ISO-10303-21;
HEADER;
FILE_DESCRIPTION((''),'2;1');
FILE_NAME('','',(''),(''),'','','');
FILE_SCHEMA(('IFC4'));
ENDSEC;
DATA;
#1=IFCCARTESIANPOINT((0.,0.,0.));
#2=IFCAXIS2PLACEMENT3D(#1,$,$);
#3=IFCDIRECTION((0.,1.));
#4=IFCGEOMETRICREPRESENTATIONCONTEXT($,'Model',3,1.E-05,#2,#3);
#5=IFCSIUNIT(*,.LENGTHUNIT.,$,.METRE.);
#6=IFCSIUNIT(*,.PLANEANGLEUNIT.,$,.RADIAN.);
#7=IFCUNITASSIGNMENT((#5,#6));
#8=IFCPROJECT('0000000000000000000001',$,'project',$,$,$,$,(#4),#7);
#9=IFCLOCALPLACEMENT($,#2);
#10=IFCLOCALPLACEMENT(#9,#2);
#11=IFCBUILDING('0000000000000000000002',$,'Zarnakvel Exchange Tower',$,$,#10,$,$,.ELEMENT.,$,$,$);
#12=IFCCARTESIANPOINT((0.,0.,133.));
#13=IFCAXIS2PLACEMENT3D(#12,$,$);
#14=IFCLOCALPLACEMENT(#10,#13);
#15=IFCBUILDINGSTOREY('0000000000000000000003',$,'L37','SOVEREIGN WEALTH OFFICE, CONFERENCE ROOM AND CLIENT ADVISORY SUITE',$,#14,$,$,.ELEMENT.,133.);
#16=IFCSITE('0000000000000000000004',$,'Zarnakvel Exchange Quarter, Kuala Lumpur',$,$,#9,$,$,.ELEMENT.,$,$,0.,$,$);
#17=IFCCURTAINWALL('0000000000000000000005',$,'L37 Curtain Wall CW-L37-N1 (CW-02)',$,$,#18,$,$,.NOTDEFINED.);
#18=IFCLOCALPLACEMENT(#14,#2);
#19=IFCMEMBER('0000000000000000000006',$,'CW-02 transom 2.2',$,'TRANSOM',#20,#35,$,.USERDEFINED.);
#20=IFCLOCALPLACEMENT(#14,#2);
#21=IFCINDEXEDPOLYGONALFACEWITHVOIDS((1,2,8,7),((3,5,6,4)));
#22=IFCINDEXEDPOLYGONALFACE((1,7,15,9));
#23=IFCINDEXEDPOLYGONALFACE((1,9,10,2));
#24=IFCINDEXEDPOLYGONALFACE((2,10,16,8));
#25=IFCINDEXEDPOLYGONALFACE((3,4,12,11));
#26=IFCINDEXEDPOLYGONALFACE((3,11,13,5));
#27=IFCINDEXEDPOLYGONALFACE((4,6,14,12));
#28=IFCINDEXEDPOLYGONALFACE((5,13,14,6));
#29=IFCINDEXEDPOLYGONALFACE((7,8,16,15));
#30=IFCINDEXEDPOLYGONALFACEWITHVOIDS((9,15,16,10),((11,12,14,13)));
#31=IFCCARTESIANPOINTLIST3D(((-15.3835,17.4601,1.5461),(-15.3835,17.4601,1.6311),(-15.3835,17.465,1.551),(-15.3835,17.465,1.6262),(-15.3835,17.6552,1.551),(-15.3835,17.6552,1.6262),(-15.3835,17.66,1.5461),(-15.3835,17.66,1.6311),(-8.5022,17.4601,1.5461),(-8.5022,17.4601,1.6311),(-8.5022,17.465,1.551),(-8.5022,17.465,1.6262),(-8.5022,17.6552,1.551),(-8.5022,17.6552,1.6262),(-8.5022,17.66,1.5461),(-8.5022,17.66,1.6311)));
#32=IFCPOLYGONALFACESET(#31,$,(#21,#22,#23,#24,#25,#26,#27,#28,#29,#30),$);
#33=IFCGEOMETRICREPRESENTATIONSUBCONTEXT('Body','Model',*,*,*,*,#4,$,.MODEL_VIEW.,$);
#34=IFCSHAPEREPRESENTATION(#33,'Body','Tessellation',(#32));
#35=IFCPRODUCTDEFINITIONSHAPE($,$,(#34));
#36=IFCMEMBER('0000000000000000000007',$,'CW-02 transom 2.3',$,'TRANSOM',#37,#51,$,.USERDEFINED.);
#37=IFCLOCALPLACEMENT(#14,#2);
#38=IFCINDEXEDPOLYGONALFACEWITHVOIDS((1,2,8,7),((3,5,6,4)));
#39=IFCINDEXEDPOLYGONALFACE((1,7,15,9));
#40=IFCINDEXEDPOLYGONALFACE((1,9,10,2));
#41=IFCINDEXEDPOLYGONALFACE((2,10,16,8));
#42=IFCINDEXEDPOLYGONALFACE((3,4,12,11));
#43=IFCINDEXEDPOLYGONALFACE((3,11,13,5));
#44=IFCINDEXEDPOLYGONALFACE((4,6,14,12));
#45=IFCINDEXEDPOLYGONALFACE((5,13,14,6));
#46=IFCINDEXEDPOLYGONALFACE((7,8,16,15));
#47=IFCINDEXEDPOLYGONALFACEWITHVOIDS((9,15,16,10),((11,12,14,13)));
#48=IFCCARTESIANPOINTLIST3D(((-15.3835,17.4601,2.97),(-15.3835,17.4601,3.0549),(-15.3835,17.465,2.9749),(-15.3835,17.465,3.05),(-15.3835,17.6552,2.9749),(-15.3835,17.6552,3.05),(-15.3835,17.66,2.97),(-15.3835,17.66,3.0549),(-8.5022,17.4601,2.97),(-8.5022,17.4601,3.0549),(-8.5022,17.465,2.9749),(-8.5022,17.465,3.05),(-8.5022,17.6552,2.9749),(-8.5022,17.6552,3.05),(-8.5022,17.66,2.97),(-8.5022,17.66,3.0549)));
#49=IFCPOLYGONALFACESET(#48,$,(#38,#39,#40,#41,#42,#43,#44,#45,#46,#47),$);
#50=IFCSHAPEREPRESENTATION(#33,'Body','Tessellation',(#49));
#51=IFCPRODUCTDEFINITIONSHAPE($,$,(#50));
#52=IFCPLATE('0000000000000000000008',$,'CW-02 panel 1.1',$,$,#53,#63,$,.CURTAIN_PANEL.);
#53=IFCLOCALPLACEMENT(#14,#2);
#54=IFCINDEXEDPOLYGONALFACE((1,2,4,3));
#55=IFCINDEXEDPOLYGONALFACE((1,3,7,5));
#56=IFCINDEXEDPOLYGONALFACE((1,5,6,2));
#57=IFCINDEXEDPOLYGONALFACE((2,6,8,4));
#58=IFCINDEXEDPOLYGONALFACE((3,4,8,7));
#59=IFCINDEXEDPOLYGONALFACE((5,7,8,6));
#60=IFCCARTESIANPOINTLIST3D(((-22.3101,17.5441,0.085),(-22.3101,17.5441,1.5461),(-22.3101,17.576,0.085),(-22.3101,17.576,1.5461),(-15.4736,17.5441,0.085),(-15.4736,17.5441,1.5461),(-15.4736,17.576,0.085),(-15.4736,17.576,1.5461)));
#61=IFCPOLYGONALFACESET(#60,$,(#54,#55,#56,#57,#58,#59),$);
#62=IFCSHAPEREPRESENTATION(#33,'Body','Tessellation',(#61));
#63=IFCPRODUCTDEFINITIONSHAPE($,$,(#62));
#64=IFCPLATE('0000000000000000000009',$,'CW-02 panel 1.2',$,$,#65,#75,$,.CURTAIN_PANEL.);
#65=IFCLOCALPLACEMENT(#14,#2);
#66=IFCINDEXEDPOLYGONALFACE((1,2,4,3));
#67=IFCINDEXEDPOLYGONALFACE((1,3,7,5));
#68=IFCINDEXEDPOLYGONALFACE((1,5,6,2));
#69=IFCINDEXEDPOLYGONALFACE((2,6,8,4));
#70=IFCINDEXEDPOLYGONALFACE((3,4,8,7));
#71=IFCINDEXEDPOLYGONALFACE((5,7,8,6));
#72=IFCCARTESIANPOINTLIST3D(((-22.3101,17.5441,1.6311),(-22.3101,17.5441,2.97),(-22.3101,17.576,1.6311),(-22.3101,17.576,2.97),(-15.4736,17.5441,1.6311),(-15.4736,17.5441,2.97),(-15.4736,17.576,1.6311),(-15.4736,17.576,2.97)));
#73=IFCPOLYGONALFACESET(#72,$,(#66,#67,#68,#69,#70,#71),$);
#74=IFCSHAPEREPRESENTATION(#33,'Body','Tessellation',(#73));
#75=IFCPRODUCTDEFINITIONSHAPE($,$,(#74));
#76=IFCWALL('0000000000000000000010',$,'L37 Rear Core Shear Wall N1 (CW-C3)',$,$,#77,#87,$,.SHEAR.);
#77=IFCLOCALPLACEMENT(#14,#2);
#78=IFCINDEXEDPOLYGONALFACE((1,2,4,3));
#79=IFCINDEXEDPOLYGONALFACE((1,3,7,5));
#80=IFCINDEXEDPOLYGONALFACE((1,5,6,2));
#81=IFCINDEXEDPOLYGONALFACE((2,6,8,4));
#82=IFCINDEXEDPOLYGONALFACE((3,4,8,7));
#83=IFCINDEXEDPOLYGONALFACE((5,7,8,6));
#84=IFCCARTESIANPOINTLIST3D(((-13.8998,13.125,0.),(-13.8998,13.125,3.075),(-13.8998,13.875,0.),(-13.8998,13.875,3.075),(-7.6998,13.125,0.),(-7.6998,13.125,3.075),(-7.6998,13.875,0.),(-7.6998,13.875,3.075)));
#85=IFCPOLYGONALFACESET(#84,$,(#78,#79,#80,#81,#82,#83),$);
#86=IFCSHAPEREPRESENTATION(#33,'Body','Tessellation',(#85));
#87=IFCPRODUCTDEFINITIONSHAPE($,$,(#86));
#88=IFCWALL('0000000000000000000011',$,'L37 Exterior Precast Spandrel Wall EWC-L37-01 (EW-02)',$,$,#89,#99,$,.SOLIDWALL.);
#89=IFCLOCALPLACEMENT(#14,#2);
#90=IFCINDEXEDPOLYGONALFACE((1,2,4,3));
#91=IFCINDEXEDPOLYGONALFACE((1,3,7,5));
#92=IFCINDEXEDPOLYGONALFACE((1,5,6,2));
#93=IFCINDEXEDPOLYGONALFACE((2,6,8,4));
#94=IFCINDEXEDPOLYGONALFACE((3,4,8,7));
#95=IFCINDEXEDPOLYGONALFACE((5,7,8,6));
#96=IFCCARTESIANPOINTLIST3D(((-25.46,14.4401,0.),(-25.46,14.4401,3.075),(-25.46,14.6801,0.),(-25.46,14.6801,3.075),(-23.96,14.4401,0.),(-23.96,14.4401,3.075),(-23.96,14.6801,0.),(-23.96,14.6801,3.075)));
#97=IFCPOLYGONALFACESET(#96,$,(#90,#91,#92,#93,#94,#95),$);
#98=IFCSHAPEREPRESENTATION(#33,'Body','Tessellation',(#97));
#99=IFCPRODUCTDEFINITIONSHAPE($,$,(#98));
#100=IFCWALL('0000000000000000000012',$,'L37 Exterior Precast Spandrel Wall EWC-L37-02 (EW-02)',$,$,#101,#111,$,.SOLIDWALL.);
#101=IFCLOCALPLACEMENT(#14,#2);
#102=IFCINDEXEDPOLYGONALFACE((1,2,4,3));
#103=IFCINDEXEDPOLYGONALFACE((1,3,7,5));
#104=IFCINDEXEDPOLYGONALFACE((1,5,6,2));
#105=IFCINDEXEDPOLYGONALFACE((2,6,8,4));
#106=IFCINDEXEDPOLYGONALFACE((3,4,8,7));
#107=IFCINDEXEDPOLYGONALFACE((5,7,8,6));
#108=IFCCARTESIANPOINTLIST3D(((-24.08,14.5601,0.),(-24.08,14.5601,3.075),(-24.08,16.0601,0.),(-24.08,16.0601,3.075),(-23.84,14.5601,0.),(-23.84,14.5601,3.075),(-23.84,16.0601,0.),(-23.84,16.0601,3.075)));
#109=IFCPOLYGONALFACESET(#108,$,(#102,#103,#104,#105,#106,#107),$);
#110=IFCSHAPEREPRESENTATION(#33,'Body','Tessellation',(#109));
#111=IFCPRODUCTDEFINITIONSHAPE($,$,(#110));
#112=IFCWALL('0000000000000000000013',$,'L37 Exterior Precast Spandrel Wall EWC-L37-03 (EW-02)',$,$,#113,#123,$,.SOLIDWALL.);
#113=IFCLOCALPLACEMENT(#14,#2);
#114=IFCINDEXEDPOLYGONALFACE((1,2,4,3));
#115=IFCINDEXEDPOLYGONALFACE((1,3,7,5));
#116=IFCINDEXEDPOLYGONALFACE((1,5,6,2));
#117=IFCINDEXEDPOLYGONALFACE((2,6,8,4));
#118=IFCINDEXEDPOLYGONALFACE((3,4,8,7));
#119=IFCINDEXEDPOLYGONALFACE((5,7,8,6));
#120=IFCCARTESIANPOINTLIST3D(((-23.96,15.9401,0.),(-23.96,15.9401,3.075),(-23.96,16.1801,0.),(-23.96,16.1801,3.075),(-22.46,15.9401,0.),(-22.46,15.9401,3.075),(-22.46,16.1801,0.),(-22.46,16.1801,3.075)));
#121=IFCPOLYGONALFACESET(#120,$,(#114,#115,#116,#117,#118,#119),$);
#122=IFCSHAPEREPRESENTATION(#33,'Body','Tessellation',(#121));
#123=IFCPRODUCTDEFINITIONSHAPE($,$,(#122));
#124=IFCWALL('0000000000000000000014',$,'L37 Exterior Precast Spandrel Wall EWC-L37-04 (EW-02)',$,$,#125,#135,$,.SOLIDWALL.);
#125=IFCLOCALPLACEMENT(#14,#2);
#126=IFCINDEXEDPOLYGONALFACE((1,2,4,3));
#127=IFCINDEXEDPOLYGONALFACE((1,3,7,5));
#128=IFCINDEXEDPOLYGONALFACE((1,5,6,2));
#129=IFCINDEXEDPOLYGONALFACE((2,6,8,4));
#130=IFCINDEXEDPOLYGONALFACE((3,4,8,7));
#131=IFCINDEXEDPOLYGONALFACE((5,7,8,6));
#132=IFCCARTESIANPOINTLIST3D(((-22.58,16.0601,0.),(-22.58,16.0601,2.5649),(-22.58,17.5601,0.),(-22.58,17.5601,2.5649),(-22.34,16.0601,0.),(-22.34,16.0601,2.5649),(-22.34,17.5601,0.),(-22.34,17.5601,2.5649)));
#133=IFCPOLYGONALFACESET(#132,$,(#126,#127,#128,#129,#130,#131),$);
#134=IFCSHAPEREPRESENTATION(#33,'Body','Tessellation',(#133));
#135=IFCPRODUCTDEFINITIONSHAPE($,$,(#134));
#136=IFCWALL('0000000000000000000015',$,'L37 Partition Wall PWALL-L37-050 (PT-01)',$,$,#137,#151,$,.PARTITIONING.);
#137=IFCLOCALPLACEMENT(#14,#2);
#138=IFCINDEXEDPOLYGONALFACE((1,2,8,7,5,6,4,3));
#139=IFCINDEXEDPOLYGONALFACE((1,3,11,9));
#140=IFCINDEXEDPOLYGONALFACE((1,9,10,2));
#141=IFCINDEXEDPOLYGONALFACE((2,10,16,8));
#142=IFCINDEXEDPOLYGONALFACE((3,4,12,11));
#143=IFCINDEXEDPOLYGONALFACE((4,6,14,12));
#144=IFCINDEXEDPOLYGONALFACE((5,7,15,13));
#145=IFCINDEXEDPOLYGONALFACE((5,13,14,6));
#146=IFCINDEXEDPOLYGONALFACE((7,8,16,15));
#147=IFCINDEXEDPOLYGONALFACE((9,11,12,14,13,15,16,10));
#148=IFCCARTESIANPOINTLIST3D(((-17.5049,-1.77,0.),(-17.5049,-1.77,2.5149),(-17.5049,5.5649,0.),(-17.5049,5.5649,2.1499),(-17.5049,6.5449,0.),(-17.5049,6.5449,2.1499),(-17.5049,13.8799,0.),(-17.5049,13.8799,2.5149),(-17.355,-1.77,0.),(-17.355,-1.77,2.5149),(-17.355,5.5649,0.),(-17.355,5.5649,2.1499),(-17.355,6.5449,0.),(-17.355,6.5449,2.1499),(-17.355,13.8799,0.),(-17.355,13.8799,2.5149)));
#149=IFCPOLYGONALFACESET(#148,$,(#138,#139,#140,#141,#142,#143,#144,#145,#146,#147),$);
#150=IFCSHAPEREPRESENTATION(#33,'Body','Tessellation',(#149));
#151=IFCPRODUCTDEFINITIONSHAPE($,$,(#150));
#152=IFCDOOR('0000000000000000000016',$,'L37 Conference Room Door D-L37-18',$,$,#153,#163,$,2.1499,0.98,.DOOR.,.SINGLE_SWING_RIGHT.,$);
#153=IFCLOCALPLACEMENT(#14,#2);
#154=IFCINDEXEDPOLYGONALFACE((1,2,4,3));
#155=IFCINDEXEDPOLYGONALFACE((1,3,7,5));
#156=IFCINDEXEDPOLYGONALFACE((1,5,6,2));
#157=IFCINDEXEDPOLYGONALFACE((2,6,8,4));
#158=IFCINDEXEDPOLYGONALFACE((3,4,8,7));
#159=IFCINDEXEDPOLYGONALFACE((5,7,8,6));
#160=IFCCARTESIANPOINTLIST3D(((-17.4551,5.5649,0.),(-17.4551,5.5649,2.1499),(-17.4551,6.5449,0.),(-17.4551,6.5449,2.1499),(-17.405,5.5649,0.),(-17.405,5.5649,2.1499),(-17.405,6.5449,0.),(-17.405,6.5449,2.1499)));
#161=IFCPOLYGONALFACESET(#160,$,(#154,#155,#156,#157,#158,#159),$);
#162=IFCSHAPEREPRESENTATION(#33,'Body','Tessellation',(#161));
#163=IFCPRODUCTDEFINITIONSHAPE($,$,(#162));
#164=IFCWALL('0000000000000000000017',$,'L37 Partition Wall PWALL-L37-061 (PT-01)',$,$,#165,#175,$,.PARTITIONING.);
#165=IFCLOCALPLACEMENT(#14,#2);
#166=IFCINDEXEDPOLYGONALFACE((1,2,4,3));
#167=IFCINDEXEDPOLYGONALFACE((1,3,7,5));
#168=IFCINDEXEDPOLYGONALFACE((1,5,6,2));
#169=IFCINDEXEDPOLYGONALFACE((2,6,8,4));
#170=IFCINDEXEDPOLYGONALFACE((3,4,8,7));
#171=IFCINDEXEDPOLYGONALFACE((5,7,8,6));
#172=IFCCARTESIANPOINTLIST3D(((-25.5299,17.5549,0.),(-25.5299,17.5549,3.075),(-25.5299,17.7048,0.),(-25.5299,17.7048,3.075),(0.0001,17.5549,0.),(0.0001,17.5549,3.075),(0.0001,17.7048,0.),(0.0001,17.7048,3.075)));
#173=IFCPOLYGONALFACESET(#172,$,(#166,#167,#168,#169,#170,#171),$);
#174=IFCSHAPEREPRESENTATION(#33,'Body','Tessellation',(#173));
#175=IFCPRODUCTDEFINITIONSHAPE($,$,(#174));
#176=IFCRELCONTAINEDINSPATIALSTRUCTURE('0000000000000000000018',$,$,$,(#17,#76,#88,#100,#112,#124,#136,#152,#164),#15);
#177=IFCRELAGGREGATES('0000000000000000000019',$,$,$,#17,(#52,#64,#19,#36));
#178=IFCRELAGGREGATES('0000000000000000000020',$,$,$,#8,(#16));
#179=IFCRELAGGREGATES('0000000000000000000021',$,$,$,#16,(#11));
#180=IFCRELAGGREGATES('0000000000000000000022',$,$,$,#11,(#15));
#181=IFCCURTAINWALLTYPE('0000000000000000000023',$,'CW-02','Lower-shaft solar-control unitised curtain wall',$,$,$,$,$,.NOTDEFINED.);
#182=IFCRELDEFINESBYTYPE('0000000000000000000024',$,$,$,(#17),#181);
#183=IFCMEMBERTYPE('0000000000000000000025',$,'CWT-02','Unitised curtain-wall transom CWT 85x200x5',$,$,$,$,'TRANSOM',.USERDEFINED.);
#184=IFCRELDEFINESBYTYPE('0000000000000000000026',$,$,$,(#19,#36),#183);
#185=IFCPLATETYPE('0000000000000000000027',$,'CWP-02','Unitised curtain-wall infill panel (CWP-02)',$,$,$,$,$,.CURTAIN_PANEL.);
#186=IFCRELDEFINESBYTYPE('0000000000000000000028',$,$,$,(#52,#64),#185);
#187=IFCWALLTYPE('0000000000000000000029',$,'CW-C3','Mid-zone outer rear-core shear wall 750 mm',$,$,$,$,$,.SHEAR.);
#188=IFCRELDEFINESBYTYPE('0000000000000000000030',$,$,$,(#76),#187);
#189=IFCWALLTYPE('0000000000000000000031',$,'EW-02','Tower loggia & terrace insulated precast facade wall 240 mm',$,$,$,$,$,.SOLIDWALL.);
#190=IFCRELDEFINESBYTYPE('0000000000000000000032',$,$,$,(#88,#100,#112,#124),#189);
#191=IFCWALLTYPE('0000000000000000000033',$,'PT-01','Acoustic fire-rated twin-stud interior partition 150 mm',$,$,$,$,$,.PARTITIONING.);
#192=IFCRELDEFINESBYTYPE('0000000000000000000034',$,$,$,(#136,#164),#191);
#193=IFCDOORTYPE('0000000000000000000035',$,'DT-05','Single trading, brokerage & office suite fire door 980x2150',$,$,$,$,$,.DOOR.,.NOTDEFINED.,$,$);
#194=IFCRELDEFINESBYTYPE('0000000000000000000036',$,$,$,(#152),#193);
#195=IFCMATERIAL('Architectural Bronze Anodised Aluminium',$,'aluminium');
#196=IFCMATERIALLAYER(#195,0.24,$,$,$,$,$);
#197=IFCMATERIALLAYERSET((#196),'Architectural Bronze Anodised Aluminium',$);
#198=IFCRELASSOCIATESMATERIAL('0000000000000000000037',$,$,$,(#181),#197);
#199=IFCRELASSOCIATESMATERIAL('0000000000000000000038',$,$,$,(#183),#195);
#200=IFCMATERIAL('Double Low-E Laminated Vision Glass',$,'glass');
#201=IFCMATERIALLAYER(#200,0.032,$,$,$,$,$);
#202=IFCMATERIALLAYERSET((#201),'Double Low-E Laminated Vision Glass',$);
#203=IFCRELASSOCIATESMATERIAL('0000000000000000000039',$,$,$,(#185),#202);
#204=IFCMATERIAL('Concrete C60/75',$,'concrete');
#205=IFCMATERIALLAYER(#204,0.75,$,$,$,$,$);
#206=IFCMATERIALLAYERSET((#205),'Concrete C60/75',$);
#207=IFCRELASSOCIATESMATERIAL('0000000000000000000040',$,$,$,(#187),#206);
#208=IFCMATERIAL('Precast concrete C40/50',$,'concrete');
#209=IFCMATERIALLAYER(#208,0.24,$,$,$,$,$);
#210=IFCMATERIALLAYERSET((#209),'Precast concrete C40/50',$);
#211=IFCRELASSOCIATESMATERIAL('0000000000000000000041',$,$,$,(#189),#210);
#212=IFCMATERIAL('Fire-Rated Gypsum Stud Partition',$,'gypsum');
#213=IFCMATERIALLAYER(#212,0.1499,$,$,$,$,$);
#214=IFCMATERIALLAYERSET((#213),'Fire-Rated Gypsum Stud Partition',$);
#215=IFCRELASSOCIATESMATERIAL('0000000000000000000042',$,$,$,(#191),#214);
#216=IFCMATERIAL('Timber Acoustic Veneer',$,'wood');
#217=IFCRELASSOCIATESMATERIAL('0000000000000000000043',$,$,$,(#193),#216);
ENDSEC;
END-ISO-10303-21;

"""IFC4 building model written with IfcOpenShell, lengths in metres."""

from ifc_helpers import new_model, si_unit, direction, frame, frame_2d, origin, origin_2d, place, context, subcontext, project, spatial, rectangle, hollow_rectangle, extrude, source, transform, mapped, material, layer, layer_set, material_profile, profile_set, type_object, element, fill, aggregate, save


model = new_model("IFC4")

# Units and contexts
model_context = context("Model", 3, precision=1e-05, world=origin(), true_north=direction((0.0, 1.0)))
body_context = subcontext(model_context, "Body", "Model", "MODEL_VIEW")
ifc_project = project(units=[si_unit("LENGTHUNIT", "METRE"), si_unit("PLANEANGLEUNIT", "RADIAN")], contexts=[model_context])

# Site, building, storey
site_placement = place(None, origin())
site = spatial("IfcSite", under=ifc_project, at=site_placement, Name="Zarnakvel Exchange Quarter, Kuala Lumpur", CompositionType="ELEMENT", RefElevation=0.0)
building_placement = place(site_placement, origin())
building = spatial("IfcBuilding", under=site, at=building_placement, Name="Zarnakvel Exchange Tower", CompositionType="ELEMENT")
storey_placement = place(building_placement, frame((0.0, 0.0, 133.0)))
storey = spatial("IfcBuildingStorey", under=building, at=storey_placement, Name="L37", Description="SOVEREIGN WEALTH OFFICE, CONFERENCE ROOM AND CLIENT ADVISORY SUITE", CompositionType="ELEMENT", Elevation=133.0)

# Shared definitions
ifc_material_1 = material(Name="Concrete C60/75", Category="concrete")

# Curtain wall
ifc_material_2 = material(Name="Architectural Bronze Anodised Aluminium", Category="aluminium")
ifc_layer_1 = layer(ifc_material_2, 0.24)
ifc_layer_set_1 = layer_set([ifc_layer_1], Name="Architectural Bronze Anodised Aluminium")
curtain_wall_type_1 = type_object("IfcCurtainWallType", Name="CW-02", Description="Lower-shaft solar-control unitised curtain wall", PredefinedType="NOTDEFINED", material=ifc_layer_set_1)
curtain_wall_1_placement = place(storey_placement, origin())
curtain_wall_1 = element("IfcCurtainWall", 1, at=curtain_wall_1_placement, inside=storey, type_object=curtain_wall_type_1, Name="L37 Curtain Wall CW-L37-N1 (CW-02)", PredefinedType="NOTDEFINED")

# Members
ifc_material_profile_1 = material_profile(ifc_material_2, hollow_rectangle(XDim=0.2, YDim=0.085, WallThickness=0.0049, at=origin_2d()))
ifc_profile_set_1 = profile_set([ifc_material_profile_1], Name="Architectural Bronze Anodised Aluminium")
member_type_1 = type_object("IfcMemberType", Name="CWT-02", Description="Unitised curtain-wall transom CWT 85x200x5", ElementType="TRANSOM", PredefinedType="USERDEFINED", material=ifc_profile_set_1)
shared_shape_1 = source(origin(), body_context, "Body", "SweptSolid", [
    extrude(hollow_rectangle(XDim=0.2, YDim=0.085, WallThickness=0.0049, at=origin_2d()), origin(), (0.0, 0.0, 1.0), 6.8813),
])
member_1_placement = place(storey_placement, frame((-15.3835, 17.5601, 1.5886), z_axis=(1.0, 0.0, 0.0), x_axis=(0.0, 1.0, 0.0)))
member_1 = element("IfcMember", 2, at=member_1_placement, type_object=member_type_1, Name="CW-02 transom 2.2", ObjectType="TRANSOM", PredefinedType="USERDEFINED", context=body_context, shape_type="MappedRepresentation", body=[
    mapped(shared_shape_1, transform((0.0, 0.0, 0.0), x_axis=(1.0, 0.0, 0.0), y_axis=(0.0, 1.0, 0.0), z_axis=(0.0, 0.0, 1.0), scale=1.0)),
])
member_2_placement = place(storey_placement, frame((-15.3835, 17.5601, 3.0125), z_axis=(1.0, 0.0, 0.0), x_axis=(0.0, 1.0, 0.0)))
member_2 = element("IfcMember", 3, at=member_2_placement, type_object=member_type_1, Name="CW-02 transom 2.3", ObjectType="TRANSOM", PredefinedType="USERDEFINED", context=body_context, shape_type="MappedRepresentation", body=[
    mapped(shared_shape_1, transform((0.0, 0.0, 0.0), x_axis=(1.0, 0.0, 0.0), y_axis=(0.0, 1.0, 0.0), z_axis=(0.0, 0.0, 1.0), scale=1.0)),
])

# Plates
ifc_material_3 = material(Name="Double Low-E Laminated Vision Glass", Category="glass")
ifc_layer_2 = layer(ifc_material_3, 0.032)
ifc_layer_set_2 = layer_set([ifc_layer_2], Name="Double Low-E Laminated Vision Glass")
plate_type = type_object("IfcPlateType", Name="CWP-02", Description="Unitised curtain-wall infill panel (CWP-02)", PredefinedType="CURTAIN_PANEL", material=ifc_layer_set_2)
shared_shape_2 = source(origin(), body_context, "Body", "SweptSolid", [
    extrude(rectangle(XDim=6.8364, YDim=0.032, at=origin_2d()), origin(), (0.0, 0.0, 1.0), 1.4612),
])
plate_1_placement = place(storey_placement, frame((-18.8918, 17.5601, 0.085), z_axis=(0.0, 0.0, 1.0), x_axis=(1.0, 0.0, 0.0)))
plate_1 = element("IfcPlate", 4, at=plate_1_placement, type_object=plate_type, Name="CW-02 panel 1.1", PredefinedType="CURTAIN_PANEL", context=body_context, shape_type="MappedRepresentation", body=[
    mapped(shared_shape_2, transform((0.0, 0.0, 0.0), x_axis=(1.0, 0.0, 0.0), y_axis=(0.0, 1.0, 0.0), z_axis=(0.0, 0.0, 1.0), scale=1.0)),
])
shared_shape_3 = source(origin(), body_context, "Body", "SweptSolid", [
    extrude(rectangle(XDim=6.8364, YDim=0.032, at=origin_2d()), origin(), (0.0, 0.0, 1.0), 1.3389),
])
plate_2_placement = place(storey_placement, frame((-18.8918, 17.5601, 1.6311), z_axis=(0.0, 0.0, 1.0), x_axis=(1.0, 0.0, 0.0)))
plate_2 = element("IfcPlate", 5, at=plate_2_placement, type_object=plate_type, Name="CW-02 panel 1.2", PredefinedType="CURTAIN_PANEL", context=body_context, shape_type="MappedRepresentation", body=[
    mapped(shared_shape_3, transform((0.0, 0.0, 0.0), x_axis=(1.0, 0.0, 0.0), y_axis=(0.0, 1.0, 0.0), z_axis=(0.0, 0.0, 1.0), scale=1.0)),
])
aggregate(curtain_wall_1, [plate_1, plate_2, member_1, member_2])

# Walls
ifc_layer_3 = layer(ifc_material_1, 0.75)
ifc_layer_set_3 = layer_set([ifc_layer_3], Name="Concrete C60/75")
wall_type_1 = type_object("IfcWallType", Name="CW-C3", Description="Mid-zone outer rear-core shear wall 750 mm", PredefinedType="SHEAR", material=ifc_layer_set_3)
wall_1_placement = place(storey_placement, frame((-13.8999, 13.5, 0.0), z_axis=(0.0, 0.0, 1.0), x_axis=(1.0, 0.0, 0.0)))
element("IfcWall", 6, at=wall_1_placement, inside=storey, type_object=wall_type_1, Name="L37 Rear Core Shear Wall N1 (CW-C3)", PredefinedType="SHEAR", context=body_context, shape_type="SweptSolid", body=[
    extrude(rectangle(XDim=6.2, YDim=0.75, at=frame_2d((3.1001, 0.0))), origin(), (0.0, 0.0, 1.0), 3.075),
])
ifc_material_4 = material(Name="Precast concrete C40/50", Category="concrete")
ifc_layer_4 = layer(ifc_material_4, 0.24)
ifc_layer_set_4 = layer_set([ifc_layer_4], Name="Precast concrete C40/50")
wall_type_2 = type_object("IfcWallType", Name="EW-02", Description="Tower loggia & terrace insulated precast facade wall 240 mm", PredefinedType="SOLIDWALL", material=ifc_layer_set_4)
for number, where, z_axis, x_axis, name in (
    (7, (-23.96, 14.5601, 0.0), (0.0, 0.0, 1.0), (-1.0, 0.0, 0.0), "L37 Exterior Precast Spandrel Wall EWC-L37-01 (EW-02)"),
    (8, (-23.96, 16.0601, 0.0), (0.0, 0.0, 1.0), (0.0, -1.0, 0.0), "L37 Exterior Precast Spandrel Wall EWC-L37-02 (EW-02)"),
    (9, (-22.46, 16.0601, 0.0), (0.0, 0.0, 1.0), (-1.0, 0.0, 0.0), "L37 Exterior Precast Spandrel Wall EWC-L37-03 (EW-02)"),
):
    element("IfcWall", number, at=place(storey_placement, frame(where, z_axis=z_axis, x_axis=x_axis)), inside=storey, type_object=wall_type_2, Name=name, PredefinedType="SOLIDWALL", context=body_context, shape_type="SweptSolid", body=[
        extrude(rectangle(XDim=1.5, YDim=0.24, at=frame_2d((0.75, 0.0))), origin(), (0.0, 0.0, 1.0), 3.075),
    ])
wall_2_placement = place(storey_placement, frame((-22.46, 17.5601, 0.0), z_axis=(0.0, 0.0, 1.0), x_axis=(0.0, -1.0, 0.0)))
element("IfcWall", 10, at=wall_2_placement, inside=storey, type_object=wall_type_2, Name="L37 Exterior Precast Spandrel Wall EWC-L37-04 (EW-02)", PredefinedType="SOLIDWALL", context=body_context, shape_type="SweptSolid", body=[
    extrude(rectangle(XDim=1.5, YDim=0.24, at=frame_2d((0.75, 0.0))), origin(), (0.0, 0.0, 1.0), 2.5649),
])

# Wall, opening, door
ifc_material_5 = material(Name="Fire-Rated Gypsum Stud Partition", Category="gypsum")
ifc_layer_5 = layer(ifc_material_5, 0.1499)
ifc_layer_set_5 = layer_set([ifc_layer_5], Name="Fire-Rated Gypsum Stud Partition")
wall_type_3 = type_object("IfcWallType", Name="PT-01", Description="Acoustic fire-rated twin-stud interior partition 150 mm", PredefinedType="PARTITIONING", material=ifc_layer_set_5)
ifc_material_6 = material(Name="Timber Acoustic Veneer", Category="wood")
door_type = type_object("IfcDoorType", Name="DT-05", Description="Single trading, brokerage & office suite fire door 980x2150", OperationType="NOTDEFINED", PredefinedType="DOOR", material=ifc_material_6)
shared_shape_4 = source(origin(), body_context, "Body", "SweptSolid", [
    extrude(rectangle(XDim=0.98, YDim=2.1499, at=frame_2d((0.49, 1.075))), frame((0.0, 0.0249, 0.0), z_axis=(0.0, -1.0, 0.0), x_axis=(1.0, 0.0, 0.0)), (0.0, 0.0, 1.0), 0.05),
])
wall_3_placement = place(storey_placement, frame((-17.4299, 13.8799, 0.0), z_axis=(0.0, 0.0, 1.0), x_axis=(0.0, -1.0, 0.0)))
wall_3 = element("IfcWall", 11, at=wall_3_placement, inside=storey, type_object=wall_type_3, Name="L37 Partition Wall PWALL-L37-050 (PT-01)", PredefinedType="PARTITIONING", context=body_context, shape_type="SweptSolid", body=[
    extrude(rectangle(XDim=15.6499, YDim=0.1499, at=frame_2d((7.825, 0.0))), origin(), (0.0, 0.0, 1.0), 2.5149),
])
opening_1_placement = place(wall_3_placement, frame((7.335, 0.0, 0.0)))
opening_1 = element("IfcOpeningElement", 12, at=opening_1_placement, cuts=wall_3, PredefinedType="OPENING", context=body_context, shape_type="SweptSolid", body=[
    extrude(rectangle(XDim=0.98, YDim=2.1499, at=frame_2d((0.49, 1.075))), frame((0.0, 0.085, 0.0), z_axis=(0.0, -1.0, 0.0), x_axis=(1.0, 0.0, 0.0)), (0.0, 0.0, 1.0), 0.1699),
])
door_1_placement = place(opening_1_placement, origin())
door_1 = element("IfcDoor", 13, at=door_1_placement, inside=storey, type_object=door_type, Name="L37 Conference Room Door D-L37-18", OperationType="SINGLE_SWING_RIGHT", OverallHeight=2.1499, OverallWidth=0.98, PredefinedType="DOOR", context=body_context, shape_type="MappedRepresentation", body=[
    mapped(shared_shape_4, transform((0.0, 0.0, 0.0), x_axis=(1.0, 0.0, 0.0), y_axis=(0.0, 1.0, 0.0), z_axis=(0.0, 0.0, 1.0), scale=1.0)),
])
fill(opening_1, door_1)

# Wall
wall_4_placement = place(storey_placement, frame((-25.53, 17.6299, 0.0), z_axis=(0.0, 0.0, 1.0), x_axis=(1.0, 0.0, 0.0)))
element("IfcWall", 14, at=wall_4_placement, inside=storey, type_object=wall_type_3, Name="L37 Partition Wall PWALL-L37-061 (PT-01)", PredefinedType="PARTITIONING", context=body_context, shape_type="SweptSolid", body=[
    extrude(rectangle(XDim=25.53, YDim=0.1499, at=frame_2d((12.7651, 0.0))), origin(), (0.0, 0.0, 1.0), 3.075),
])

save(model, "model.ifc")
